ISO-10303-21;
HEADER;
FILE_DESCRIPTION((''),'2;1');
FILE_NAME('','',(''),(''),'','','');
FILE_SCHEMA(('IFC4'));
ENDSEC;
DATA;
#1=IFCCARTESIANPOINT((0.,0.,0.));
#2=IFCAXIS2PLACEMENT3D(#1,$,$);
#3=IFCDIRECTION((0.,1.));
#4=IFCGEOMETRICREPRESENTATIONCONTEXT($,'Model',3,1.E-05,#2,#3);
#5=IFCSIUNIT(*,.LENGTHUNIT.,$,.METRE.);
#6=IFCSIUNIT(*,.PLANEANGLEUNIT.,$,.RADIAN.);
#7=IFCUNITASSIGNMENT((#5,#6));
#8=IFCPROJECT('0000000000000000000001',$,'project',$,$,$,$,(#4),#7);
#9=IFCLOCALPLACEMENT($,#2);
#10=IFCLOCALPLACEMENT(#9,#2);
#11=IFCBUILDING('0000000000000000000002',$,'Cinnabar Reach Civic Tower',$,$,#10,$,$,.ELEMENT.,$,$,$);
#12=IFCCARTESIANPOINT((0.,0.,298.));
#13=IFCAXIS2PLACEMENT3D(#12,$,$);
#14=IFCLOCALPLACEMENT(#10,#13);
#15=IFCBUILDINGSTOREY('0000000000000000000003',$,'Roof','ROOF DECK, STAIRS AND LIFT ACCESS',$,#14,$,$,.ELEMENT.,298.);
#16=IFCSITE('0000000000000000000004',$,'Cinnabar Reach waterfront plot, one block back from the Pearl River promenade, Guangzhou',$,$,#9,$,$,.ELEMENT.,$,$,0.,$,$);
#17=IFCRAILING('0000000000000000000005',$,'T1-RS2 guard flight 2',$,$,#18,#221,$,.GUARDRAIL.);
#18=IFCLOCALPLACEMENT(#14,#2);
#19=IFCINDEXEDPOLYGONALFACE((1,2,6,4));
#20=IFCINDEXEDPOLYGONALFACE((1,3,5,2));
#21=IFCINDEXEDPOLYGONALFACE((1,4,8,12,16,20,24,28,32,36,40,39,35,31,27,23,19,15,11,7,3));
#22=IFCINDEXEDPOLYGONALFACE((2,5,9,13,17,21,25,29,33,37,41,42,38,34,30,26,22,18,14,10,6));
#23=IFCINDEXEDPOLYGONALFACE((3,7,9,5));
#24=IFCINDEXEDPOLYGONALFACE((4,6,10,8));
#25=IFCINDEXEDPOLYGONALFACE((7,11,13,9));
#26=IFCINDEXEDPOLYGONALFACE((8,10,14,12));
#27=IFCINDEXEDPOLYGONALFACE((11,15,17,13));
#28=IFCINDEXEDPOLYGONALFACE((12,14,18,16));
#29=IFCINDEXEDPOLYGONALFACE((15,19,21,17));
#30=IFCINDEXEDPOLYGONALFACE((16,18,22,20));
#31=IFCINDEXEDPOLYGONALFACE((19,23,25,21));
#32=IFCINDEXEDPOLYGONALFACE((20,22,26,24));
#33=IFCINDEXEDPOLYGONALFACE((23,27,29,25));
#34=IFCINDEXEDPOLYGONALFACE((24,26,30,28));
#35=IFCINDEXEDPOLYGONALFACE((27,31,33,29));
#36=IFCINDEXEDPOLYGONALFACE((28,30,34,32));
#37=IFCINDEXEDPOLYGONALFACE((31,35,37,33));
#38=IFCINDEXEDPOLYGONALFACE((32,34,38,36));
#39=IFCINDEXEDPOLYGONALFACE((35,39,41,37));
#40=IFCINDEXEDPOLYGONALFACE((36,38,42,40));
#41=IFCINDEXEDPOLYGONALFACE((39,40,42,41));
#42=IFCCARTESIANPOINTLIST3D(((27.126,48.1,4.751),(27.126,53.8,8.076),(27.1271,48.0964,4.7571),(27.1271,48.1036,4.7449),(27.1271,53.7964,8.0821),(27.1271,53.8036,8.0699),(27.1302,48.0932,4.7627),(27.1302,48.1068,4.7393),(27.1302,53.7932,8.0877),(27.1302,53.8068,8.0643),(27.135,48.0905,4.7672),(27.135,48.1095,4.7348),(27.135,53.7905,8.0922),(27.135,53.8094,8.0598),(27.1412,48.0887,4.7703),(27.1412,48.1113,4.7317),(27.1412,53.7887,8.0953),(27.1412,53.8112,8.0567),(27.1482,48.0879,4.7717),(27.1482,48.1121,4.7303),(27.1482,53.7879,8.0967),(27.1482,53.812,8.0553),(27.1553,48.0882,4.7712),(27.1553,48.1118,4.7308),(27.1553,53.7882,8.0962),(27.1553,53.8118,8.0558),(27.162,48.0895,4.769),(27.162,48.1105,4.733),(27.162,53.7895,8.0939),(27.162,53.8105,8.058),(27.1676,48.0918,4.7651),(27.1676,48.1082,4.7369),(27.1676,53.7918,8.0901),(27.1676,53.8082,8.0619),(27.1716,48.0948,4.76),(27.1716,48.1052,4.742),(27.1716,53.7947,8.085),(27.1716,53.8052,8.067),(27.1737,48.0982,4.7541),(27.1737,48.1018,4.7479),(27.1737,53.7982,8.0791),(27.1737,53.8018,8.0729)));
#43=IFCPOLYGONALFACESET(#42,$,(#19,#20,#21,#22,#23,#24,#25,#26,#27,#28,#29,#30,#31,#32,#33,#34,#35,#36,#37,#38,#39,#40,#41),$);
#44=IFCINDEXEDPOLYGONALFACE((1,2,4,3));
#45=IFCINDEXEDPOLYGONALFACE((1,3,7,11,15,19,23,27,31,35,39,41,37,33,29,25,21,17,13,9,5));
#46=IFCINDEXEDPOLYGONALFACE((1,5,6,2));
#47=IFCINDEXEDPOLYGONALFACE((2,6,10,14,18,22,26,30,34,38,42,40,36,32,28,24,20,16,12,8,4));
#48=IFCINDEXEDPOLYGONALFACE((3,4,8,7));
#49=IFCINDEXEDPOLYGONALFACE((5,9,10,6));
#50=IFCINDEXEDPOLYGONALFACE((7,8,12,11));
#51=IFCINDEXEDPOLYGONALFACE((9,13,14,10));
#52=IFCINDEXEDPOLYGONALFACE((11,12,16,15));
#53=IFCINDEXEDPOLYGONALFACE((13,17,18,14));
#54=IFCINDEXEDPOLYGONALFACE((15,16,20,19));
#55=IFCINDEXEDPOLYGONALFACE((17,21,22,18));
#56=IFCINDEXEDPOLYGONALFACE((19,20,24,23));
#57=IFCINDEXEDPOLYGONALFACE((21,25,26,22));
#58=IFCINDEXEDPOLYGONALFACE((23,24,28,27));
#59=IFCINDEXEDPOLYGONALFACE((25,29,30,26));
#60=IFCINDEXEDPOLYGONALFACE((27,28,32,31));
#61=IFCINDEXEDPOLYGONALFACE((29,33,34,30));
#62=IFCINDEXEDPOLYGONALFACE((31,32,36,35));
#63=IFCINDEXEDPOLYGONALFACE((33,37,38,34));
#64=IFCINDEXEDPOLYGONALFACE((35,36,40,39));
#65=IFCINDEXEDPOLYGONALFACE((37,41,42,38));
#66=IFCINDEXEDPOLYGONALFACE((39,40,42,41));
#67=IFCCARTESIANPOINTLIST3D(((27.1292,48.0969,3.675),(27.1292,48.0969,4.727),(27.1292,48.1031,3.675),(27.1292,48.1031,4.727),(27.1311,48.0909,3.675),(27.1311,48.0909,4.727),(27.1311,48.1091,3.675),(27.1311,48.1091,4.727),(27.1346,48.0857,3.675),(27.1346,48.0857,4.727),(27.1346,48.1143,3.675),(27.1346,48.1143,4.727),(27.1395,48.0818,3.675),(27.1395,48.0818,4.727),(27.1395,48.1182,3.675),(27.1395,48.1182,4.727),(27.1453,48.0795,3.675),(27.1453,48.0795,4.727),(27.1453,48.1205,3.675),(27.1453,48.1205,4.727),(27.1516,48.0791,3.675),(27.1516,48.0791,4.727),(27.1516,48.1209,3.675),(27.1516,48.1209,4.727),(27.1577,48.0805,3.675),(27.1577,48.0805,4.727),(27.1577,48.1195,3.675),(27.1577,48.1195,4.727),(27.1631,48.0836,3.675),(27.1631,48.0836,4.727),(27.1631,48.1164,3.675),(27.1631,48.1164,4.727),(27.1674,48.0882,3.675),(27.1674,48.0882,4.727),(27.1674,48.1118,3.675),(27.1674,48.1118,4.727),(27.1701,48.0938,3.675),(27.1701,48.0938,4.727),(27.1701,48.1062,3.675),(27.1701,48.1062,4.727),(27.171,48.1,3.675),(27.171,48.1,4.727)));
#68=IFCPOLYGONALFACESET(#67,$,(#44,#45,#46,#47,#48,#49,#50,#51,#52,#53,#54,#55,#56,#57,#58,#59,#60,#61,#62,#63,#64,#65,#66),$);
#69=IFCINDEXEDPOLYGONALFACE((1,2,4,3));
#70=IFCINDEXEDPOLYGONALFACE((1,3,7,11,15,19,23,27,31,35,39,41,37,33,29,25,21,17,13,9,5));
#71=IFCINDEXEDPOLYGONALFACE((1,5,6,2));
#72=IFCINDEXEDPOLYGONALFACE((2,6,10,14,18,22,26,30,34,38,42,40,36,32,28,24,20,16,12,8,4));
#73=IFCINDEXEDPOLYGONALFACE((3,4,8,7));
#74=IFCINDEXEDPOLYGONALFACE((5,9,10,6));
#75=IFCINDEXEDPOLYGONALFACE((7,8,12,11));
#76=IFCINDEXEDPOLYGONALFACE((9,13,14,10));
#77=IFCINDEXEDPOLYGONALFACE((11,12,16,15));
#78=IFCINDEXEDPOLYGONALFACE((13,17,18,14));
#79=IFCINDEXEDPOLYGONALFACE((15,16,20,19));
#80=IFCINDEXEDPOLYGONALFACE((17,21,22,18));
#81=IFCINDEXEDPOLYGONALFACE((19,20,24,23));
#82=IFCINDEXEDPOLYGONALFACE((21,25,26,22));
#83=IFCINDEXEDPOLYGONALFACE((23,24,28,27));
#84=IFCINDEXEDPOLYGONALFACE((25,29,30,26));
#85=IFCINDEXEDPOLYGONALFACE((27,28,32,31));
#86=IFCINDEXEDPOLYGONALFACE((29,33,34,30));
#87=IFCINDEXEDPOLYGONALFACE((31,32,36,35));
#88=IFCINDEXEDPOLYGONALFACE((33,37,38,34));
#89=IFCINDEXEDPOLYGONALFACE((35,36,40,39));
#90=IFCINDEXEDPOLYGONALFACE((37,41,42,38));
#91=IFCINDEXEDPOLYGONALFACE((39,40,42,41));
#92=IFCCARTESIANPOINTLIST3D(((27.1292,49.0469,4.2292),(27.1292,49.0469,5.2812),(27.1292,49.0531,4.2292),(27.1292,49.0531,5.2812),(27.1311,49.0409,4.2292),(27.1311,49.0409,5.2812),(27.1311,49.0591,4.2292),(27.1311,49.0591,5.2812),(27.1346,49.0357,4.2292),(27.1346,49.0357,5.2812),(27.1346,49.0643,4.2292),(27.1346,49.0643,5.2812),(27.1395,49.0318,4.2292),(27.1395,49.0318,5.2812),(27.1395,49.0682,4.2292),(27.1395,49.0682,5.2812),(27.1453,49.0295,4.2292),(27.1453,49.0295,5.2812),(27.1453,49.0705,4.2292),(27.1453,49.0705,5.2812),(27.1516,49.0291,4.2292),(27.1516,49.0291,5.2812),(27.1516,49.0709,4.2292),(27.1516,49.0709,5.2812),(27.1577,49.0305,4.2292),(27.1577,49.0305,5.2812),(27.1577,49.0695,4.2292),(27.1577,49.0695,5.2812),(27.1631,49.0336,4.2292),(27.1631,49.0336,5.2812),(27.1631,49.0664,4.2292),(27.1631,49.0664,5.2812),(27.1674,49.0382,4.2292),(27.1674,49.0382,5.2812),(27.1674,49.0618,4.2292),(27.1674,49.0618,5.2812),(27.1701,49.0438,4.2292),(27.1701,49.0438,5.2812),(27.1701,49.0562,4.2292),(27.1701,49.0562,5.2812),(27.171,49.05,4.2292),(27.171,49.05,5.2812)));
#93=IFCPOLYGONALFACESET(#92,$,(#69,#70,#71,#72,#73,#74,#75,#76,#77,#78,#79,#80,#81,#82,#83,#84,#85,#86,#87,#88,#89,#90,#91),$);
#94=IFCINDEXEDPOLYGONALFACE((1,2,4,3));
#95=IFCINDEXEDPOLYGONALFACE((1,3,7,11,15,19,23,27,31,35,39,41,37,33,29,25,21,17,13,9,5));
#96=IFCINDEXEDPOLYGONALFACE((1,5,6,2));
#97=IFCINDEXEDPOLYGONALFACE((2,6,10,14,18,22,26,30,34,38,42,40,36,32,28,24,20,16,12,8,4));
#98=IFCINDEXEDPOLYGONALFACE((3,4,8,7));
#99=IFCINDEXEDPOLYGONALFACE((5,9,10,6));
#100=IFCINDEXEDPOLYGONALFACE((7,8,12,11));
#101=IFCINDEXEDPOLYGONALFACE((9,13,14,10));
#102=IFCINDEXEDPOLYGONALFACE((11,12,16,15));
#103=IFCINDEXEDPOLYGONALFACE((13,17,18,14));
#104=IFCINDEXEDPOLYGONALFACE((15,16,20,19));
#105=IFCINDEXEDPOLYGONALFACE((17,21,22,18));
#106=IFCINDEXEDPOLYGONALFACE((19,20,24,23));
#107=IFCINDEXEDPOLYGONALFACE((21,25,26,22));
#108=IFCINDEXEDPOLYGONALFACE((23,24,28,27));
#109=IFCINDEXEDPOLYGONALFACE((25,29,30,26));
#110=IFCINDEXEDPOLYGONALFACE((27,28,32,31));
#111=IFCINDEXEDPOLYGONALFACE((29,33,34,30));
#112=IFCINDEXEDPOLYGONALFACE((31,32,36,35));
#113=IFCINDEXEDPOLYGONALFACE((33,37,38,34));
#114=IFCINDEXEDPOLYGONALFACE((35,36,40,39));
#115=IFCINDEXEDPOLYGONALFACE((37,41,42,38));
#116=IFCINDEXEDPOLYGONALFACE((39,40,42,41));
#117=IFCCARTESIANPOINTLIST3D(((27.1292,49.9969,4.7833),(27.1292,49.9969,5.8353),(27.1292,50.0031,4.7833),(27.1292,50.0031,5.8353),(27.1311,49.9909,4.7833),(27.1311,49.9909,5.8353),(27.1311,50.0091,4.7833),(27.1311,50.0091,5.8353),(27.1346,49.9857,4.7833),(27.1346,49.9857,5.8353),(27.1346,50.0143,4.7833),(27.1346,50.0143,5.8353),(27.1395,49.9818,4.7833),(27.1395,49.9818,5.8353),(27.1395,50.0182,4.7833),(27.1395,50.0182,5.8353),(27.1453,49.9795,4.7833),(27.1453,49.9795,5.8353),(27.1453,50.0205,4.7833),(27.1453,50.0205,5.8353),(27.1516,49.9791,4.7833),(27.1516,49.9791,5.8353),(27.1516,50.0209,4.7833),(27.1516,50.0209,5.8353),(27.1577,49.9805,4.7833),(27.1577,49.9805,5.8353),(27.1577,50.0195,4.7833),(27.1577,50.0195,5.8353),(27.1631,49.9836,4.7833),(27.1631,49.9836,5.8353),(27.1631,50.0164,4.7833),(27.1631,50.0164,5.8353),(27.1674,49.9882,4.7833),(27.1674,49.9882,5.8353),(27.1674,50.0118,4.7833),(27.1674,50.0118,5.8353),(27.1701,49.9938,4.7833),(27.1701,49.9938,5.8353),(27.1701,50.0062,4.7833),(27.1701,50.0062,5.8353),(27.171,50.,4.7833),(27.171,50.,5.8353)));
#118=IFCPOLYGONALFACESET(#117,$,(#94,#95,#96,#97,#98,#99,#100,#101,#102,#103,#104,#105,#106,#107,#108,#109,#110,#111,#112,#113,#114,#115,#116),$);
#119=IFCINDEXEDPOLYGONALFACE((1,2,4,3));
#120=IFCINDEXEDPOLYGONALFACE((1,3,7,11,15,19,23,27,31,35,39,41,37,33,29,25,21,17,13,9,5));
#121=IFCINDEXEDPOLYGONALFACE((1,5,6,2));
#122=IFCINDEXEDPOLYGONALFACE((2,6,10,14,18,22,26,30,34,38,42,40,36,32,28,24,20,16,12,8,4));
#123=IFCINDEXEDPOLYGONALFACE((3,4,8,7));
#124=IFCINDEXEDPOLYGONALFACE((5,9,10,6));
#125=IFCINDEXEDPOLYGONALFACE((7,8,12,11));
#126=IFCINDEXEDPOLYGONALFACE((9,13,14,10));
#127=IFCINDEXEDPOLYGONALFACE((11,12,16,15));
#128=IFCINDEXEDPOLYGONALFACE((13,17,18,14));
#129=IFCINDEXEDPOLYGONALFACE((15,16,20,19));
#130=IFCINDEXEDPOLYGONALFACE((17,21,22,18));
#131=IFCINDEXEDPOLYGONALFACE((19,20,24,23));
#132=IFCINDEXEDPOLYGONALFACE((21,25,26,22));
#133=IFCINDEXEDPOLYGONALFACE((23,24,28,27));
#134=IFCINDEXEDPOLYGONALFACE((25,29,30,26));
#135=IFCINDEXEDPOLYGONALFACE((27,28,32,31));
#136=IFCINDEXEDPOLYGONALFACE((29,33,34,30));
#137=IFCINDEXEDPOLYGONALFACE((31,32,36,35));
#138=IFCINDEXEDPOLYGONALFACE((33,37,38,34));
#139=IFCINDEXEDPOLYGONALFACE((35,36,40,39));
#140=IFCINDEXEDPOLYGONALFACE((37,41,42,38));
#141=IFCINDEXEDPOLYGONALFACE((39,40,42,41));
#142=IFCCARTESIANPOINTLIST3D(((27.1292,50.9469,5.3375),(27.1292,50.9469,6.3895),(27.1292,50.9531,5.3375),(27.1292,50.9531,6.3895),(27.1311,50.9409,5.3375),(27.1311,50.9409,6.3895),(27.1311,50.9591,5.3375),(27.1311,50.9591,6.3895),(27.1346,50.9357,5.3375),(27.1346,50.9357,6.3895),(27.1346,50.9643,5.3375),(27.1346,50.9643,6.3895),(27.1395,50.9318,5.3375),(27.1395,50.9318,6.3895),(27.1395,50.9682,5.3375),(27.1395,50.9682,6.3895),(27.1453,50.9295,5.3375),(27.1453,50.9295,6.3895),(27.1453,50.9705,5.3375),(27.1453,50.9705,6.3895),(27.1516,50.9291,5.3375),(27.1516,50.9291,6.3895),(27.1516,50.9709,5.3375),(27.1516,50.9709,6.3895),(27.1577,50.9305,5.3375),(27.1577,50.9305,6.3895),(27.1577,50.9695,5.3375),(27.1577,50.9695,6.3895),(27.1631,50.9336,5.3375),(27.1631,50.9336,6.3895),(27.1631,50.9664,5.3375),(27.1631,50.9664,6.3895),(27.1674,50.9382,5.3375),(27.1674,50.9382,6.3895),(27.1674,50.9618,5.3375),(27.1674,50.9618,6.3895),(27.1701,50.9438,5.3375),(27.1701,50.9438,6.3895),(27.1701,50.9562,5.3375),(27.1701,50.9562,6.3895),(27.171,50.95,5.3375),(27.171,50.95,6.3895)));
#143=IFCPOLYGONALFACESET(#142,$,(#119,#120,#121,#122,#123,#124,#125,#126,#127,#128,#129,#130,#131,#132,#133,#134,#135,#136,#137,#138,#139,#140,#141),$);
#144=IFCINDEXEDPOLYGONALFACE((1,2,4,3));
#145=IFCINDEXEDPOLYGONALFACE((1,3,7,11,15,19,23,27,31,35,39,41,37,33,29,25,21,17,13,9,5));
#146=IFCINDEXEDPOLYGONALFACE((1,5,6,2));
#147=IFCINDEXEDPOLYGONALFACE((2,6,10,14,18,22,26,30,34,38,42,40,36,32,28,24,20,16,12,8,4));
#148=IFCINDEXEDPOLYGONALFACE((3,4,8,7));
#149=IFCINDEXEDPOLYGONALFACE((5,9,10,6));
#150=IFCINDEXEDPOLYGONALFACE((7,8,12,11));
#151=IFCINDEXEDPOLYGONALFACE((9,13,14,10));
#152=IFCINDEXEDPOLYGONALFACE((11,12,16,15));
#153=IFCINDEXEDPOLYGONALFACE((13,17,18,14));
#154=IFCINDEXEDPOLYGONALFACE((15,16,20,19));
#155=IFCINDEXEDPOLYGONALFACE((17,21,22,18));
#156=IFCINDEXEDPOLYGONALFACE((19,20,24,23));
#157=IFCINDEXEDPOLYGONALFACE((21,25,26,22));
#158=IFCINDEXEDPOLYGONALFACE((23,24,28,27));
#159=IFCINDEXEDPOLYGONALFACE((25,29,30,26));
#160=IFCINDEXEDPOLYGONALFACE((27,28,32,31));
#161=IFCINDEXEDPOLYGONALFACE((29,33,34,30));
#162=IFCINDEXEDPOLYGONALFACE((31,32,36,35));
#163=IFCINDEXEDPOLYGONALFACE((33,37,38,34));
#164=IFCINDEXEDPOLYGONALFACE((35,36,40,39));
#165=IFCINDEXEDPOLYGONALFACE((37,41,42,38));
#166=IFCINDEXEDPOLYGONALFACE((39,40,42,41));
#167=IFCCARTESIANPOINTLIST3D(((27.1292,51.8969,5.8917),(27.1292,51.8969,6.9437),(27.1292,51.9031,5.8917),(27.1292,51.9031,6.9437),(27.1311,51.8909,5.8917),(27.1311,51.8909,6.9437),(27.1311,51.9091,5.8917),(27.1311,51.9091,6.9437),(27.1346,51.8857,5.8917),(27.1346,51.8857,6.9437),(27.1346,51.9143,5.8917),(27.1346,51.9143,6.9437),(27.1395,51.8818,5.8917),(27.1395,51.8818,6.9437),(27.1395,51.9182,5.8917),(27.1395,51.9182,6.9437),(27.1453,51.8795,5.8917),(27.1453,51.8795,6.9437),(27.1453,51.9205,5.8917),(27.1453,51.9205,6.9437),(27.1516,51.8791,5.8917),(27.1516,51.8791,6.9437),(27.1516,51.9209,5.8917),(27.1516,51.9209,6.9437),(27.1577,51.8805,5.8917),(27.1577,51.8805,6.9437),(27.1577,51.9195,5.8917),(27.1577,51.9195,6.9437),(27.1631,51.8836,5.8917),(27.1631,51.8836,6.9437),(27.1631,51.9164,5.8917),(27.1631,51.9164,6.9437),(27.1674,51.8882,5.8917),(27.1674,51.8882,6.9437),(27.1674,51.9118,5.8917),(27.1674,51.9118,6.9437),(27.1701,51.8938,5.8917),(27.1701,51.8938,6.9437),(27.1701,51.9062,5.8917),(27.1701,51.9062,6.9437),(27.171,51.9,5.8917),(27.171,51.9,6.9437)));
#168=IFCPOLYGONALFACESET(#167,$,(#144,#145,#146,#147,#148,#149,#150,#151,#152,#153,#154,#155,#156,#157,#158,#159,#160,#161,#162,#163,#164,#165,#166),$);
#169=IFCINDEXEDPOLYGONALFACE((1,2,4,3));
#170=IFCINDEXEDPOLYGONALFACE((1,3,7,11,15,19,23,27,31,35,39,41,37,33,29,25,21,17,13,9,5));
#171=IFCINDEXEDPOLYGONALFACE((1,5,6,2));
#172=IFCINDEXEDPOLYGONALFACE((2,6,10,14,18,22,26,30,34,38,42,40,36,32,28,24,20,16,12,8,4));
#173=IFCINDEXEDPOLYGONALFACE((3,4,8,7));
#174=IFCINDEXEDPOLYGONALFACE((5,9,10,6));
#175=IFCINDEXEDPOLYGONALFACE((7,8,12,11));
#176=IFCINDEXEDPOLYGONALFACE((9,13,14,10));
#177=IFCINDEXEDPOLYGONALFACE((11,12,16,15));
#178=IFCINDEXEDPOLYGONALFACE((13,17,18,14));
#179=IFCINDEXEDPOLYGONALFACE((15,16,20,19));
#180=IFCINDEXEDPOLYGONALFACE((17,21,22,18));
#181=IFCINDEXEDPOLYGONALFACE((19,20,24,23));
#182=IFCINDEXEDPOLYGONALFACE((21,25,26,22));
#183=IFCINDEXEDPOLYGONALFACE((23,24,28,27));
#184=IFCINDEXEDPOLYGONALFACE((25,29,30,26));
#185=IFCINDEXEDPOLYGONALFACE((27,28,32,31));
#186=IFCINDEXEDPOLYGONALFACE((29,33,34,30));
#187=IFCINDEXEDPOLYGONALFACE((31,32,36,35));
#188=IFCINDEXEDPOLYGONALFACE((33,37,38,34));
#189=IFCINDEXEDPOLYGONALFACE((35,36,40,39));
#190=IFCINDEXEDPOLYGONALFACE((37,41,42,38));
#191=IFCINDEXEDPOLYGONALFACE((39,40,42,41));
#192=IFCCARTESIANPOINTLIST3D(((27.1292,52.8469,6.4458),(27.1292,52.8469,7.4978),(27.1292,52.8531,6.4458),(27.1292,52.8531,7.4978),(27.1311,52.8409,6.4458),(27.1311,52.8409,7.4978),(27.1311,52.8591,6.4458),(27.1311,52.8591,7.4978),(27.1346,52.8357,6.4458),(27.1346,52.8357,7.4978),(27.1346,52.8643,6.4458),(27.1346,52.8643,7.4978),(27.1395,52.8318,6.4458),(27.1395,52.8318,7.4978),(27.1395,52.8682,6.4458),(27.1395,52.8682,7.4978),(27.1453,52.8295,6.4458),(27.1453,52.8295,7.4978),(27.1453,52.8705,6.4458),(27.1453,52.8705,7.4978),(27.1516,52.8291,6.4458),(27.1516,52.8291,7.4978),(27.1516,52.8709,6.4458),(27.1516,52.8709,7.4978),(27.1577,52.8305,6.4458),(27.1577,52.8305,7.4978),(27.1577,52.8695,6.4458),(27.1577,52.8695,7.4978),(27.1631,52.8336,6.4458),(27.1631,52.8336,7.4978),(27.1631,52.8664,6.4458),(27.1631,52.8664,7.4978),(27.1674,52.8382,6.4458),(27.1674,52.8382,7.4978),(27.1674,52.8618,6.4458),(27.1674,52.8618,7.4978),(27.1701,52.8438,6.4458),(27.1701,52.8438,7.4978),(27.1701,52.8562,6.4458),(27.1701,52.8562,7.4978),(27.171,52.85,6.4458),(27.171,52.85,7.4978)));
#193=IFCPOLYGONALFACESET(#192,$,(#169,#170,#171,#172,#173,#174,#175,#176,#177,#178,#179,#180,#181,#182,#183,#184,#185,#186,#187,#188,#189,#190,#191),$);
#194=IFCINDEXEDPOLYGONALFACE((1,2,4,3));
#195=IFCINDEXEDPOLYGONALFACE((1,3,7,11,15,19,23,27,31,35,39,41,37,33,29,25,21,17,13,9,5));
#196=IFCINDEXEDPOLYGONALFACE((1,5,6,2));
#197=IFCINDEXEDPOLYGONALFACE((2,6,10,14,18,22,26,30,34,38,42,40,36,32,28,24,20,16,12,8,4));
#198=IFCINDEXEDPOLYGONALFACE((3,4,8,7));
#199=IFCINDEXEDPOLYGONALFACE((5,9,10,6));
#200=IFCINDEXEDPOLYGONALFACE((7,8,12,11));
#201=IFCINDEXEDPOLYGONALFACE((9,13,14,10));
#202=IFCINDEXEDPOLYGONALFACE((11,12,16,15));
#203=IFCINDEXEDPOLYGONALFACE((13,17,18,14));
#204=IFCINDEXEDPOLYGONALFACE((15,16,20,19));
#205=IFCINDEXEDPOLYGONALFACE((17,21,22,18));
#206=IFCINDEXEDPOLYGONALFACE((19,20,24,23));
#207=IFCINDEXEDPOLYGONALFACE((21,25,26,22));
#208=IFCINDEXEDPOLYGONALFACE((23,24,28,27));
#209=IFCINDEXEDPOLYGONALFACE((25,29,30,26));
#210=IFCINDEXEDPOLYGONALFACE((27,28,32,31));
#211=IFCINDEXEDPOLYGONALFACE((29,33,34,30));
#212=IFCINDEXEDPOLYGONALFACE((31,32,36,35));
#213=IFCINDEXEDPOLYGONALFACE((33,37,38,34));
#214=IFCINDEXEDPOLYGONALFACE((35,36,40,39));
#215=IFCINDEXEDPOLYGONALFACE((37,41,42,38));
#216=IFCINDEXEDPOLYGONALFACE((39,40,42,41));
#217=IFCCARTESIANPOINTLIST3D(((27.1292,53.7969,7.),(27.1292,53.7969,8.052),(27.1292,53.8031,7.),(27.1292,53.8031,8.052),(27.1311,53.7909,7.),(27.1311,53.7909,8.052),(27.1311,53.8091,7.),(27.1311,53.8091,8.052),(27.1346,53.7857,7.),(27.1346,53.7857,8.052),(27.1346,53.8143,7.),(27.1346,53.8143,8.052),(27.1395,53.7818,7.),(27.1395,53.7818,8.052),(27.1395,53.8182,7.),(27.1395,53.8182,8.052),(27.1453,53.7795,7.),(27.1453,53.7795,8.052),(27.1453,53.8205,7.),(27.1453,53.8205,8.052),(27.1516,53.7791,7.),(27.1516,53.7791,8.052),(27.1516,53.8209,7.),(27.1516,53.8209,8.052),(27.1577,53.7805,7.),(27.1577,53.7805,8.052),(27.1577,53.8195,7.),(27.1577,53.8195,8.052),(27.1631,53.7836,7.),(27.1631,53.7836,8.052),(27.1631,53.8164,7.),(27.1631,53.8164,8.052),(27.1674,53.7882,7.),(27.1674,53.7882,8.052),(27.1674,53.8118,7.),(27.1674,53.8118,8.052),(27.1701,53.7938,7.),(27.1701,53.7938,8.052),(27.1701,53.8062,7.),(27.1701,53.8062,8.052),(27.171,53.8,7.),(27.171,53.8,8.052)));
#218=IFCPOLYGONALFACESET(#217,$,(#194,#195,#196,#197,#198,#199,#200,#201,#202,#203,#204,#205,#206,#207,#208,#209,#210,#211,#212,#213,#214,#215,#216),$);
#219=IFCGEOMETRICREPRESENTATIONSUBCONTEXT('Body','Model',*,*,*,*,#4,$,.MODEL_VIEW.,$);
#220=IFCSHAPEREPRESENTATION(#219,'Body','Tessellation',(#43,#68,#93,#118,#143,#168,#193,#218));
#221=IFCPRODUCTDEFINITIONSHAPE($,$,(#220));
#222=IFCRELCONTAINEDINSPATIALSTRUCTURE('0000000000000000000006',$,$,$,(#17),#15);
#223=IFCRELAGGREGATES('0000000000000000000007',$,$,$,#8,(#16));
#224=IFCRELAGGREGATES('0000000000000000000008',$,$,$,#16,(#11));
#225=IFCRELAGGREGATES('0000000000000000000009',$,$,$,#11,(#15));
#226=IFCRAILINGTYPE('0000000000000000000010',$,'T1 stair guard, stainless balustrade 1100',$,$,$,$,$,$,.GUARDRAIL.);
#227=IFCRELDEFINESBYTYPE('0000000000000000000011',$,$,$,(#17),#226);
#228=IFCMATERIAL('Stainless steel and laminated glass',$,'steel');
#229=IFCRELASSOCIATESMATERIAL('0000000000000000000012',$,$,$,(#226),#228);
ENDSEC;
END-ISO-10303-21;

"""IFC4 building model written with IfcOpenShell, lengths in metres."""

from ifc_helpers import new_model, si_unit, direction, frame, origin, origin_2d, place, context, subcontext, project, spatial, circle, extrude, material, type_object, element, save


model = new_model("IFC4")

# Units and contexts
model_context = context("Model", 3, precision=1e-05, world=origin(), true_north=direction((0.0, 1.0)))
body_context = subcontext(model_context, "Body", "Model", "MODEL_VIEW")
ifc_project = project(units=[si_unit("LENGTHUNIT", "METRE"), si_unit("PLANEANGLEUNIT", "RADIAN")], contexts=[model_context])

# Site, building, storey
site_placement = place(None, origin())
site = spatial("IfcSite", under=ifc_project, at=site_placement, Name="Cinnabar Reach waterfront plot, one block back from the Pearl River promenade, Guangzhou", CompositionType="ELEMENT", RefElevation=0.0)
building_placement = place(site_placement, origin())
building = spatial("IfcBuilding", under=site, at=building_placement, Name="Cinnabar Reach Civic Tower", CompositionType="ELEMENT")
storey_placement = place(building_placement, frame((0.0, 0.0, 298.0)))
storey = spatial("IfcBuildingStorey", under=building, at=storey_placement, Name="Roof", Description="ROOF DECK, STAIRS AND LIFT ACCESS", CompositionType="ELEMENT", Elevation=298.0)

# Shared definitions
ifc_material_1 = material(Name="Stainless steel and laminated glass", Category="steel")
railing_type_1 = type_object("IfcRailingType", Name="T1 stair guard, stainless balustrade 1100", PredefinedType="GUARDRAIL", material=ifc_material_1)

# Railing
railing_1_placement = place(storey_placement, frame((27.15, 48.1, 3.675)))
element("IfcRailing", 1, at=railing_1_placement, inside=storey, type_object=railing_type_1, Name="T1-RS2 guard flight 2", PredefinedType="GUARDRAIL", context=body_context, shape_type="SweptSolid", body=[
    extrude(circle(Radius=0.024, at=origin_2d()), frame((0.0, 0.0, 1.076), z_axis=(0.0, 0.863779, 0.503871), x_axis=(-1.0, 0.0, 0.0)), (0.0, 0.0, 1.0), 6.5989),
    extrude(circle(Radius=0.021, at=origin_2d()), origin(), (0.0, 0.0, 1.0), 1.052),
    extrude(circle(Radius=0.021, at=origin_2d()), frame((0.0, 0.95, 0.5542)), (0.0, 0.0, 1.0), 1.052),
    extrude(circle(Radius=0.021, at=origin_2d()), frame((0.0, 1.9, 1.1083)), (0.0, 0.0, 1.0), 1.052),
    extrude(circle(Radius=0.021, at=origin_2d()), frame((0.0, 2.85, 1.6625)), (0.0, 0.0, 1.0), 1.052),
    extrude(circle(Radius=0.021, at=origin_2d()), frame((0.0, 3.8, 2.2167)), (0.0, 0.0, 1.0), 1.052),
    extrude(circle(Radius=0.021, at=origin_2d()), frame((0.0, 4.75, 2.7708)), (0.0, 0.0, 1.0), 1.052),
    extrude(circle(Radius=0.021, at=origin_2d()), frame((0.0, 5.7, 3.325)), (0.0, 0.0, 1.0), 1.052),
])

save(model, "model.ifc")
